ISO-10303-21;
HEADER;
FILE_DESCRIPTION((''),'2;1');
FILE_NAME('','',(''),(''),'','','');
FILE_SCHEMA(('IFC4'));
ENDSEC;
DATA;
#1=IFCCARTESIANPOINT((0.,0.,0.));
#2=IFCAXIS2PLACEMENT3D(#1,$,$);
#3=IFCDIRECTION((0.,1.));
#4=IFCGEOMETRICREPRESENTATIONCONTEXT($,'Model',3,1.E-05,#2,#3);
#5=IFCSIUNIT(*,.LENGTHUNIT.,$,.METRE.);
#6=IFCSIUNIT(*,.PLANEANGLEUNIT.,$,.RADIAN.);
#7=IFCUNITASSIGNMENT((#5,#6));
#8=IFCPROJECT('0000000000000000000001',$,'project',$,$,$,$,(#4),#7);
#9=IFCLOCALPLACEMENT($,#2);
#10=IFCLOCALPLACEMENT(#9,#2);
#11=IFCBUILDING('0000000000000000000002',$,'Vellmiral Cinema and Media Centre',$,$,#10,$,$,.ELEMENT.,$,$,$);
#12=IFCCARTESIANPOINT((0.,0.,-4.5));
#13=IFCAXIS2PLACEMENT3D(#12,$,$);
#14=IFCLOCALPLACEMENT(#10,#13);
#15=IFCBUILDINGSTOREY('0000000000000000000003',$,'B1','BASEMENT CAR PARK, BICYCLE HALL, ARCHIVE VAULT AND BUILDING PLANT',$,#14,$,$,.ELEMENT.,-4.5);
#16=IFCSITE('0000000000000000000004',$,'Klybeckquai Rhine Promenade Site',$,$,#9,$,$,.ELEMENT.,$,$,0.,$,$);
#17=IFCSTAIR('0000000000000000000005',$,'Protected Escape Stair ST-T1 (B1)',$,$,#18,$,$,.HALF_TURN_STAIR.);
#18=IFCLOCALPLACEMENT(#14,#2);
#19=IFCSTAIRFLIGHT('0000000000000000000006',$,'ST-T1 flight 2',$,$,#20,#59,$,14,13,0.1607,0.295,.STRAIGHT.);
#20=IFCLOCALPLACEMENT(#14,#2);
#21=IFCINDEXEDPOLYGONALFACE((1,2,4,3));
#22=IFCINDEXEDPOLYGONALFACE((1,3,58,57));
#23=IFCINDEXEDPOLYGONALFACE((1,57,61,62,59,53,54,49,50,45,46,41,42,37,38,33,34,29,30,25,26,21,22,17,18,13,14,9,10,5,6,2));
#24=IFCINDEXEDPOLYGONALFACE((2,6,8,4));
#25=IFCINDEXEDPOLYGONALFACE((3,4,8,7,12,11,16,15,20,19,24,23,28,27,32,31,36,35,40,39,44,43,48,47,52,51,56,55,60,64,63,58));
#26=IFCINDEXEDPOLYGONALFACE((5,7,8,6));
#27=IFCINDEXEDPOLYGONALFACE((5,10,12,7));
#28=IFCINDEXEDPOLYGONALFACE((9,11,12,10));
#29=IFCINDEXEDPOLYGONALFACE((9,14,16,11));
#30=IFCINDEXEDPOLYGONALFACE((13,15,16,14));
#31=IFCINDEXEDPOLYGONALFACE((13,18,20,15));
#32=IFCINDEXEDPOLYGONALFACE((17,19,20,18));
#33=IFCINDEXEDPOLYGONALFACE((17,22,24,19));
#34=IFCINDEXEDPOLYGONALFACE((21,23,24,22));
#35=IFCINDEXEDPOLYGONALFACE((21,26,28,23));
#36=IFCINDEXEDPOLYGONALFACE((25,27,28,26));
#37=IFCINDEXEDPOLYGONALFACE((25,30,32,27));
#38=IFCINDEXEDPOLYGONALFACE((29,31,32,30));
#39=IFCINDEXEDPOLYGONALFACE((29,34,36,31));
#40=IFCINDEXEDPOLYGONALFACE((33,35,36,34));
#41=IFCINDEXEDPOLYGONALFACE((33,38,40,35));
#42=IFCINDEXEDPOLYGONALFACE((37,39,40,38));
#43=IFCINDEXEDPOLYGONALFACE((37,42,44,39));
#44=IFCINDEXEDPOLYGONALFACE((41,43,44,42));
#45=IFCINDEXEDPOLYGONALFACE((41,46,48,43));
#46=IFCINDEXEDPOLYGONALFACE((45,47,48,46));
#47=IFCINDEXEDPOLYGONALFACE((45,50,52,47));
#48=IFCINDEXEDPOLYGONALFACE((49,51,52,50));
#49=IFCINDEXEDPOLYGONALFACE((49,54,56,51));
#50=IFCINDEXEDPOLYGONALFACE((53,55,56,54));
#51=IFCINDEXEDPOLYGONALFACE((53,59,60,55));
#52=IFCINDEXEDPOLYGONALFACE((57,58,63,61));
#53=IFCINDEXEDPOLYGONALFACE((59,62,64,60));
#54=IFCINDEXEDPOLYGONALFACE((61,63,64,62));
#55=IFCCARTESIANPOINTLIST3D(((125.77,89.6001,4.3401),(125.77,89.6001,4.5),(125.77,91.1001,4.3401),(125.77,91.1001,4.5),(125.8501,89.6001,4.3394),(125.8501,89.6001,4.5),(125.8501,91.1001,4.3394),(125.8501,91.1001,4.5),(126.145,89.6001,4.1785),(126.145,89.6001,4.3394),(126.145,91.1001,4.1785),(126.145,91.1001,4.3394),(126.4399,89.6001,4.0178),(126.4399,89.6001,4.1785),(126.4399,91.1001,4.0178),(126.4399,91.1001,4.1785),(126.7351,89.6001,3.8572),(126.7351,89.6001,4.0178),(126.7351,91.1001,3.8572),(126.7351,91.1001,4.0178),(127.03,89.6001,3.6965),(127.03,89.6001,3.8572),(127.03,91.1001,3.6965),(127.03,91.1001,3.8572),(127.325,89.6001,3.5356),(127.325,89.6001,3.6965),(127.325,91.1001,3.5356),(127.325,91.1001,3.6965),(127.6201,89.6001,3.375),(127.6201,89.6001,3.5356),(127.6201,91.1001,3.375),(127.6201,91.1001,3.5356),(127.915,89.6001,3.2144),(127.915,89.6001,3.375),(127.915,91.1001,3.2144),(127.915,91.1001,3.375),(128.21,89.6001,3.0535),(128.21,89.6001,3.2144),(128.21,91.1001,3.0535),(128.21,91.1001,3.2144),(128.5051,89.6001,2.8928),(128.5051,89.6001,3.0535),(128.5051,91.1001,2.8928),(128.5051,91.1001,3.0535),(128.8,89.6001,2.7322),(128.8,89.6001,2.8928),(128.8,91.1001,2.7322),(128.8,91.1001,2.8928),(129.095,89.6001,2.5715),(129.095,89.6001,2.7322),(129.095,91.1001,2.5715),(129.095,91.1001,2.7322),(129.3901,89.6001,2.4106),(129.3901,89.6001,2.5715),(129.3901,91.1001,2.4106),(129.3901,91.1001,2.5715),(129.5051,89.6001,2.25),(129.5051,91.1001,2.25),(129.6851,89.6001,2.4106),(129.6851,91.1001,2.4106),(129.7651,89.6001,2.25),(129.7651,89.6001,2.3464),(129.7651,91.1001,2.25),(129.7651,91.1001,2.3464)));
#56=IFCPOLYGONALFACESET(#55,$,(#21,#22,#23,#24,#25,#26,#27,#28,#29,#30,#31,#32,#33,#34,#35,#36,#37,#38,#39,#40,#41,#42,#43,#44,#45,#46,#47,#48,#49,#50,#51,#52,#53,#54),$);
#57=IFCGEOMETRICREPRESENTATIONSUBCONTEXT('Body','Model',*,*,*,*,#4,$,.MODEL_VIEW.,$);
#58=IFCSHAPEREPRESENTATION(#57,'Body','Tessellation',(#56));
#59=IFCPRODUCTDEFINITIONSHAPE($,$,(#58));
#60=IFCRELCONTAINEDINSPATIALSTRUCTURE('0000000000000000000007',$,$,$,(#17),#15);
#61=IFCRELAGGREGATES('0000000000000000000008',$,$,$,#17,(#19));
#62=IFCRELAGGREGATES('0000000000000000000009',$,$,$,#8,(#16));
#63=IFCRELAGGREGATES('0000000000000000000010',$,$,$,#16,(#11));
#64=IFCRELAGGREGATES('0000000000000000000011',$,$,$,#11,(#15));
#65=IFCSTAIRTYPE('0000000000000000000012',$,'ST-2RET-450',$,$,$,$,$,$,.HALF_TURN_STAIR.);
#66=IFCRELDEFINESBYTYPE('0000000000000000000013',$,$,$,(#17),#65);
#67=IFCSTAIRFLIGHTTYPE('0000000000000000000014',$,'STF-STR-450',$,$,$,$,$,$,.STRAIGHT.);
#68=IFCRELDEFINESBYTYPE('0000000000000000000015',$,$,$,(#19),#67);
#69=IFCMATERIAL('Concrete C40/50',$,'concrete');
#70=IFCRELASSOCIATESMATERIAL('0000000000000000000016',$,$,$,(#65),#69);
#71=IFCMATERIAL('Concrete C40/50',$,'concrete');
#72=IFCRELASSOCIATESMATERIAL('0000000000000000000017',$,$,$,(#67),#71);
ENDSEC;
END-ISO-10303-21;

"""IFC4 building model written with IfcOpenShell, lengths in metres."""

from ifc_helpers import new_model, si_unit, direction, frame, origin, place, context, subcontext, project, spatial, polyline, outline, extrude, material, type_object, element, aggregate, save


model = new_model("IFC4")

# Units and contexts
model_context = context("Model", 3, precision=1e-05, world=origin(), true_north=direction((0.0, 1.0)))
body_context = subcontext(model_context, "Body", "Model", "MODEL_VIEW")
ifc_project = project(units=[si_unit("LENGTHUNIT", "METRE"), si_unit("PLANEANGLEUNIT", "RADIAN")], contexts=[model_context])

# Site, building, storey
site_placement = place(None, origin())
site = spatial("IfcSite", under=ifc_project, at=site_placement, Name="Klybeckquai Rhine Promenade Site", CompositionType="ELEMENT", RefElevation=0.0)
building_placement = place(site_placement, origin())
building = spatial("IfcBuilding", under=site, at=building_placement, Name="Vellmiral Cinema and Media Centre", CompositionType="ELEMENT")
storey_placement = place(building_placement, frame((0.0, 0.0, -4.5)))
storey = spatial("IfcBuildingStorey", under=building, at=storey_placement, Name="B1", Description="BASEMENT CAR PARK, BICYCLE HALL, ARCHIVE VAULT AND BUILDING PLANT", CompositionType="ELEMENT", Elevation=-4.5)

# Stair, stair flight
ifc_material_1 = material(Name="Concrete C40/50", Category="concrete")
stair_type = type_object("IfcStairType", Name="ST-2RET-450", PredefinedType="HALF_TURN_STAIR", material=ifc_material_1)
stair_placement = place(storey_placement, origin())
stair = element("IfcStair", 1, at=stair_placement, inside=storey, type_object=stair_type, Name="Protected Escape Stair ST-T1 (B1)", PredefinedType="HALF_TURN_STAIR")
ifc_material_2 = material(Name="Concrete C40/50", Category="concrete")
stair_flight_type = type_object("IfcStairFlightType", Name="STF-STR-450", PredefinedType="STRAIGHT", material=ifc_material_2)
stair_flight_placement = place(storey_placement, frame((129.6851, 90.3501, 2.25), z_axis=(0.0, 0.0, 1.0), x_axis=(-1.0, 0.0, 0.0)))
stair_flight = element("IfcStairFlight", 2, at=stair_flight_placement, type_object=stair_flight_type, Name="ST-T1 flight 2", NumberOfRisers=14, NumberOfTreads=13, PredefinedType="STRAIGHT", RiserHeight=0.1607, TreadLength=0.295, context=body_context, shape_type="SweptSolid", body=[
    extrude(outline(polyline([(-0.0801, 0.0), (-0.0801, 0.0964), (0.0, 0.1606), (0.2949, 0.1606), (0.2949, 0.3215), (0.5901, 0.3215), (0.5901, 0.4822), (0.885, 0.4822), (0.885, 0.6428), (1.1799, 0.6428), (1.1799, 0.8035), (1.4751, 0.8035), (1.4751, 0.9644), (1.77, 0.9644), (1.77, 1.125), (2.0649, 1.125), (2.0649, 1.2856), (2.3601, 1.2856), (2.3601, 1.4465), (2.655, 1.4465), (2.655, 1.6072), (2.95, 1.6072), (2.95, 1.7678), (3.2451, 1.7678), (3.2451, 1.9285), (3.54, 1.9285), (3.54, 2.0894), (3.835, 2.0894), (3.835, 2.25), (3.915, 2.25), (3.915, 2.0901), (0.1799, 0.0), (-0.0801, 0.0)])), frame((0.0, 0.75, 0.0), z_axis=(0.0, -1.0, 0.0), x_axis=(1.0, 0.0, 0.0)), (0.0, 0.0, 1.0), 1.5),
])
aggregate(stair, [stair_flight])

save(model, "model.ifc")
